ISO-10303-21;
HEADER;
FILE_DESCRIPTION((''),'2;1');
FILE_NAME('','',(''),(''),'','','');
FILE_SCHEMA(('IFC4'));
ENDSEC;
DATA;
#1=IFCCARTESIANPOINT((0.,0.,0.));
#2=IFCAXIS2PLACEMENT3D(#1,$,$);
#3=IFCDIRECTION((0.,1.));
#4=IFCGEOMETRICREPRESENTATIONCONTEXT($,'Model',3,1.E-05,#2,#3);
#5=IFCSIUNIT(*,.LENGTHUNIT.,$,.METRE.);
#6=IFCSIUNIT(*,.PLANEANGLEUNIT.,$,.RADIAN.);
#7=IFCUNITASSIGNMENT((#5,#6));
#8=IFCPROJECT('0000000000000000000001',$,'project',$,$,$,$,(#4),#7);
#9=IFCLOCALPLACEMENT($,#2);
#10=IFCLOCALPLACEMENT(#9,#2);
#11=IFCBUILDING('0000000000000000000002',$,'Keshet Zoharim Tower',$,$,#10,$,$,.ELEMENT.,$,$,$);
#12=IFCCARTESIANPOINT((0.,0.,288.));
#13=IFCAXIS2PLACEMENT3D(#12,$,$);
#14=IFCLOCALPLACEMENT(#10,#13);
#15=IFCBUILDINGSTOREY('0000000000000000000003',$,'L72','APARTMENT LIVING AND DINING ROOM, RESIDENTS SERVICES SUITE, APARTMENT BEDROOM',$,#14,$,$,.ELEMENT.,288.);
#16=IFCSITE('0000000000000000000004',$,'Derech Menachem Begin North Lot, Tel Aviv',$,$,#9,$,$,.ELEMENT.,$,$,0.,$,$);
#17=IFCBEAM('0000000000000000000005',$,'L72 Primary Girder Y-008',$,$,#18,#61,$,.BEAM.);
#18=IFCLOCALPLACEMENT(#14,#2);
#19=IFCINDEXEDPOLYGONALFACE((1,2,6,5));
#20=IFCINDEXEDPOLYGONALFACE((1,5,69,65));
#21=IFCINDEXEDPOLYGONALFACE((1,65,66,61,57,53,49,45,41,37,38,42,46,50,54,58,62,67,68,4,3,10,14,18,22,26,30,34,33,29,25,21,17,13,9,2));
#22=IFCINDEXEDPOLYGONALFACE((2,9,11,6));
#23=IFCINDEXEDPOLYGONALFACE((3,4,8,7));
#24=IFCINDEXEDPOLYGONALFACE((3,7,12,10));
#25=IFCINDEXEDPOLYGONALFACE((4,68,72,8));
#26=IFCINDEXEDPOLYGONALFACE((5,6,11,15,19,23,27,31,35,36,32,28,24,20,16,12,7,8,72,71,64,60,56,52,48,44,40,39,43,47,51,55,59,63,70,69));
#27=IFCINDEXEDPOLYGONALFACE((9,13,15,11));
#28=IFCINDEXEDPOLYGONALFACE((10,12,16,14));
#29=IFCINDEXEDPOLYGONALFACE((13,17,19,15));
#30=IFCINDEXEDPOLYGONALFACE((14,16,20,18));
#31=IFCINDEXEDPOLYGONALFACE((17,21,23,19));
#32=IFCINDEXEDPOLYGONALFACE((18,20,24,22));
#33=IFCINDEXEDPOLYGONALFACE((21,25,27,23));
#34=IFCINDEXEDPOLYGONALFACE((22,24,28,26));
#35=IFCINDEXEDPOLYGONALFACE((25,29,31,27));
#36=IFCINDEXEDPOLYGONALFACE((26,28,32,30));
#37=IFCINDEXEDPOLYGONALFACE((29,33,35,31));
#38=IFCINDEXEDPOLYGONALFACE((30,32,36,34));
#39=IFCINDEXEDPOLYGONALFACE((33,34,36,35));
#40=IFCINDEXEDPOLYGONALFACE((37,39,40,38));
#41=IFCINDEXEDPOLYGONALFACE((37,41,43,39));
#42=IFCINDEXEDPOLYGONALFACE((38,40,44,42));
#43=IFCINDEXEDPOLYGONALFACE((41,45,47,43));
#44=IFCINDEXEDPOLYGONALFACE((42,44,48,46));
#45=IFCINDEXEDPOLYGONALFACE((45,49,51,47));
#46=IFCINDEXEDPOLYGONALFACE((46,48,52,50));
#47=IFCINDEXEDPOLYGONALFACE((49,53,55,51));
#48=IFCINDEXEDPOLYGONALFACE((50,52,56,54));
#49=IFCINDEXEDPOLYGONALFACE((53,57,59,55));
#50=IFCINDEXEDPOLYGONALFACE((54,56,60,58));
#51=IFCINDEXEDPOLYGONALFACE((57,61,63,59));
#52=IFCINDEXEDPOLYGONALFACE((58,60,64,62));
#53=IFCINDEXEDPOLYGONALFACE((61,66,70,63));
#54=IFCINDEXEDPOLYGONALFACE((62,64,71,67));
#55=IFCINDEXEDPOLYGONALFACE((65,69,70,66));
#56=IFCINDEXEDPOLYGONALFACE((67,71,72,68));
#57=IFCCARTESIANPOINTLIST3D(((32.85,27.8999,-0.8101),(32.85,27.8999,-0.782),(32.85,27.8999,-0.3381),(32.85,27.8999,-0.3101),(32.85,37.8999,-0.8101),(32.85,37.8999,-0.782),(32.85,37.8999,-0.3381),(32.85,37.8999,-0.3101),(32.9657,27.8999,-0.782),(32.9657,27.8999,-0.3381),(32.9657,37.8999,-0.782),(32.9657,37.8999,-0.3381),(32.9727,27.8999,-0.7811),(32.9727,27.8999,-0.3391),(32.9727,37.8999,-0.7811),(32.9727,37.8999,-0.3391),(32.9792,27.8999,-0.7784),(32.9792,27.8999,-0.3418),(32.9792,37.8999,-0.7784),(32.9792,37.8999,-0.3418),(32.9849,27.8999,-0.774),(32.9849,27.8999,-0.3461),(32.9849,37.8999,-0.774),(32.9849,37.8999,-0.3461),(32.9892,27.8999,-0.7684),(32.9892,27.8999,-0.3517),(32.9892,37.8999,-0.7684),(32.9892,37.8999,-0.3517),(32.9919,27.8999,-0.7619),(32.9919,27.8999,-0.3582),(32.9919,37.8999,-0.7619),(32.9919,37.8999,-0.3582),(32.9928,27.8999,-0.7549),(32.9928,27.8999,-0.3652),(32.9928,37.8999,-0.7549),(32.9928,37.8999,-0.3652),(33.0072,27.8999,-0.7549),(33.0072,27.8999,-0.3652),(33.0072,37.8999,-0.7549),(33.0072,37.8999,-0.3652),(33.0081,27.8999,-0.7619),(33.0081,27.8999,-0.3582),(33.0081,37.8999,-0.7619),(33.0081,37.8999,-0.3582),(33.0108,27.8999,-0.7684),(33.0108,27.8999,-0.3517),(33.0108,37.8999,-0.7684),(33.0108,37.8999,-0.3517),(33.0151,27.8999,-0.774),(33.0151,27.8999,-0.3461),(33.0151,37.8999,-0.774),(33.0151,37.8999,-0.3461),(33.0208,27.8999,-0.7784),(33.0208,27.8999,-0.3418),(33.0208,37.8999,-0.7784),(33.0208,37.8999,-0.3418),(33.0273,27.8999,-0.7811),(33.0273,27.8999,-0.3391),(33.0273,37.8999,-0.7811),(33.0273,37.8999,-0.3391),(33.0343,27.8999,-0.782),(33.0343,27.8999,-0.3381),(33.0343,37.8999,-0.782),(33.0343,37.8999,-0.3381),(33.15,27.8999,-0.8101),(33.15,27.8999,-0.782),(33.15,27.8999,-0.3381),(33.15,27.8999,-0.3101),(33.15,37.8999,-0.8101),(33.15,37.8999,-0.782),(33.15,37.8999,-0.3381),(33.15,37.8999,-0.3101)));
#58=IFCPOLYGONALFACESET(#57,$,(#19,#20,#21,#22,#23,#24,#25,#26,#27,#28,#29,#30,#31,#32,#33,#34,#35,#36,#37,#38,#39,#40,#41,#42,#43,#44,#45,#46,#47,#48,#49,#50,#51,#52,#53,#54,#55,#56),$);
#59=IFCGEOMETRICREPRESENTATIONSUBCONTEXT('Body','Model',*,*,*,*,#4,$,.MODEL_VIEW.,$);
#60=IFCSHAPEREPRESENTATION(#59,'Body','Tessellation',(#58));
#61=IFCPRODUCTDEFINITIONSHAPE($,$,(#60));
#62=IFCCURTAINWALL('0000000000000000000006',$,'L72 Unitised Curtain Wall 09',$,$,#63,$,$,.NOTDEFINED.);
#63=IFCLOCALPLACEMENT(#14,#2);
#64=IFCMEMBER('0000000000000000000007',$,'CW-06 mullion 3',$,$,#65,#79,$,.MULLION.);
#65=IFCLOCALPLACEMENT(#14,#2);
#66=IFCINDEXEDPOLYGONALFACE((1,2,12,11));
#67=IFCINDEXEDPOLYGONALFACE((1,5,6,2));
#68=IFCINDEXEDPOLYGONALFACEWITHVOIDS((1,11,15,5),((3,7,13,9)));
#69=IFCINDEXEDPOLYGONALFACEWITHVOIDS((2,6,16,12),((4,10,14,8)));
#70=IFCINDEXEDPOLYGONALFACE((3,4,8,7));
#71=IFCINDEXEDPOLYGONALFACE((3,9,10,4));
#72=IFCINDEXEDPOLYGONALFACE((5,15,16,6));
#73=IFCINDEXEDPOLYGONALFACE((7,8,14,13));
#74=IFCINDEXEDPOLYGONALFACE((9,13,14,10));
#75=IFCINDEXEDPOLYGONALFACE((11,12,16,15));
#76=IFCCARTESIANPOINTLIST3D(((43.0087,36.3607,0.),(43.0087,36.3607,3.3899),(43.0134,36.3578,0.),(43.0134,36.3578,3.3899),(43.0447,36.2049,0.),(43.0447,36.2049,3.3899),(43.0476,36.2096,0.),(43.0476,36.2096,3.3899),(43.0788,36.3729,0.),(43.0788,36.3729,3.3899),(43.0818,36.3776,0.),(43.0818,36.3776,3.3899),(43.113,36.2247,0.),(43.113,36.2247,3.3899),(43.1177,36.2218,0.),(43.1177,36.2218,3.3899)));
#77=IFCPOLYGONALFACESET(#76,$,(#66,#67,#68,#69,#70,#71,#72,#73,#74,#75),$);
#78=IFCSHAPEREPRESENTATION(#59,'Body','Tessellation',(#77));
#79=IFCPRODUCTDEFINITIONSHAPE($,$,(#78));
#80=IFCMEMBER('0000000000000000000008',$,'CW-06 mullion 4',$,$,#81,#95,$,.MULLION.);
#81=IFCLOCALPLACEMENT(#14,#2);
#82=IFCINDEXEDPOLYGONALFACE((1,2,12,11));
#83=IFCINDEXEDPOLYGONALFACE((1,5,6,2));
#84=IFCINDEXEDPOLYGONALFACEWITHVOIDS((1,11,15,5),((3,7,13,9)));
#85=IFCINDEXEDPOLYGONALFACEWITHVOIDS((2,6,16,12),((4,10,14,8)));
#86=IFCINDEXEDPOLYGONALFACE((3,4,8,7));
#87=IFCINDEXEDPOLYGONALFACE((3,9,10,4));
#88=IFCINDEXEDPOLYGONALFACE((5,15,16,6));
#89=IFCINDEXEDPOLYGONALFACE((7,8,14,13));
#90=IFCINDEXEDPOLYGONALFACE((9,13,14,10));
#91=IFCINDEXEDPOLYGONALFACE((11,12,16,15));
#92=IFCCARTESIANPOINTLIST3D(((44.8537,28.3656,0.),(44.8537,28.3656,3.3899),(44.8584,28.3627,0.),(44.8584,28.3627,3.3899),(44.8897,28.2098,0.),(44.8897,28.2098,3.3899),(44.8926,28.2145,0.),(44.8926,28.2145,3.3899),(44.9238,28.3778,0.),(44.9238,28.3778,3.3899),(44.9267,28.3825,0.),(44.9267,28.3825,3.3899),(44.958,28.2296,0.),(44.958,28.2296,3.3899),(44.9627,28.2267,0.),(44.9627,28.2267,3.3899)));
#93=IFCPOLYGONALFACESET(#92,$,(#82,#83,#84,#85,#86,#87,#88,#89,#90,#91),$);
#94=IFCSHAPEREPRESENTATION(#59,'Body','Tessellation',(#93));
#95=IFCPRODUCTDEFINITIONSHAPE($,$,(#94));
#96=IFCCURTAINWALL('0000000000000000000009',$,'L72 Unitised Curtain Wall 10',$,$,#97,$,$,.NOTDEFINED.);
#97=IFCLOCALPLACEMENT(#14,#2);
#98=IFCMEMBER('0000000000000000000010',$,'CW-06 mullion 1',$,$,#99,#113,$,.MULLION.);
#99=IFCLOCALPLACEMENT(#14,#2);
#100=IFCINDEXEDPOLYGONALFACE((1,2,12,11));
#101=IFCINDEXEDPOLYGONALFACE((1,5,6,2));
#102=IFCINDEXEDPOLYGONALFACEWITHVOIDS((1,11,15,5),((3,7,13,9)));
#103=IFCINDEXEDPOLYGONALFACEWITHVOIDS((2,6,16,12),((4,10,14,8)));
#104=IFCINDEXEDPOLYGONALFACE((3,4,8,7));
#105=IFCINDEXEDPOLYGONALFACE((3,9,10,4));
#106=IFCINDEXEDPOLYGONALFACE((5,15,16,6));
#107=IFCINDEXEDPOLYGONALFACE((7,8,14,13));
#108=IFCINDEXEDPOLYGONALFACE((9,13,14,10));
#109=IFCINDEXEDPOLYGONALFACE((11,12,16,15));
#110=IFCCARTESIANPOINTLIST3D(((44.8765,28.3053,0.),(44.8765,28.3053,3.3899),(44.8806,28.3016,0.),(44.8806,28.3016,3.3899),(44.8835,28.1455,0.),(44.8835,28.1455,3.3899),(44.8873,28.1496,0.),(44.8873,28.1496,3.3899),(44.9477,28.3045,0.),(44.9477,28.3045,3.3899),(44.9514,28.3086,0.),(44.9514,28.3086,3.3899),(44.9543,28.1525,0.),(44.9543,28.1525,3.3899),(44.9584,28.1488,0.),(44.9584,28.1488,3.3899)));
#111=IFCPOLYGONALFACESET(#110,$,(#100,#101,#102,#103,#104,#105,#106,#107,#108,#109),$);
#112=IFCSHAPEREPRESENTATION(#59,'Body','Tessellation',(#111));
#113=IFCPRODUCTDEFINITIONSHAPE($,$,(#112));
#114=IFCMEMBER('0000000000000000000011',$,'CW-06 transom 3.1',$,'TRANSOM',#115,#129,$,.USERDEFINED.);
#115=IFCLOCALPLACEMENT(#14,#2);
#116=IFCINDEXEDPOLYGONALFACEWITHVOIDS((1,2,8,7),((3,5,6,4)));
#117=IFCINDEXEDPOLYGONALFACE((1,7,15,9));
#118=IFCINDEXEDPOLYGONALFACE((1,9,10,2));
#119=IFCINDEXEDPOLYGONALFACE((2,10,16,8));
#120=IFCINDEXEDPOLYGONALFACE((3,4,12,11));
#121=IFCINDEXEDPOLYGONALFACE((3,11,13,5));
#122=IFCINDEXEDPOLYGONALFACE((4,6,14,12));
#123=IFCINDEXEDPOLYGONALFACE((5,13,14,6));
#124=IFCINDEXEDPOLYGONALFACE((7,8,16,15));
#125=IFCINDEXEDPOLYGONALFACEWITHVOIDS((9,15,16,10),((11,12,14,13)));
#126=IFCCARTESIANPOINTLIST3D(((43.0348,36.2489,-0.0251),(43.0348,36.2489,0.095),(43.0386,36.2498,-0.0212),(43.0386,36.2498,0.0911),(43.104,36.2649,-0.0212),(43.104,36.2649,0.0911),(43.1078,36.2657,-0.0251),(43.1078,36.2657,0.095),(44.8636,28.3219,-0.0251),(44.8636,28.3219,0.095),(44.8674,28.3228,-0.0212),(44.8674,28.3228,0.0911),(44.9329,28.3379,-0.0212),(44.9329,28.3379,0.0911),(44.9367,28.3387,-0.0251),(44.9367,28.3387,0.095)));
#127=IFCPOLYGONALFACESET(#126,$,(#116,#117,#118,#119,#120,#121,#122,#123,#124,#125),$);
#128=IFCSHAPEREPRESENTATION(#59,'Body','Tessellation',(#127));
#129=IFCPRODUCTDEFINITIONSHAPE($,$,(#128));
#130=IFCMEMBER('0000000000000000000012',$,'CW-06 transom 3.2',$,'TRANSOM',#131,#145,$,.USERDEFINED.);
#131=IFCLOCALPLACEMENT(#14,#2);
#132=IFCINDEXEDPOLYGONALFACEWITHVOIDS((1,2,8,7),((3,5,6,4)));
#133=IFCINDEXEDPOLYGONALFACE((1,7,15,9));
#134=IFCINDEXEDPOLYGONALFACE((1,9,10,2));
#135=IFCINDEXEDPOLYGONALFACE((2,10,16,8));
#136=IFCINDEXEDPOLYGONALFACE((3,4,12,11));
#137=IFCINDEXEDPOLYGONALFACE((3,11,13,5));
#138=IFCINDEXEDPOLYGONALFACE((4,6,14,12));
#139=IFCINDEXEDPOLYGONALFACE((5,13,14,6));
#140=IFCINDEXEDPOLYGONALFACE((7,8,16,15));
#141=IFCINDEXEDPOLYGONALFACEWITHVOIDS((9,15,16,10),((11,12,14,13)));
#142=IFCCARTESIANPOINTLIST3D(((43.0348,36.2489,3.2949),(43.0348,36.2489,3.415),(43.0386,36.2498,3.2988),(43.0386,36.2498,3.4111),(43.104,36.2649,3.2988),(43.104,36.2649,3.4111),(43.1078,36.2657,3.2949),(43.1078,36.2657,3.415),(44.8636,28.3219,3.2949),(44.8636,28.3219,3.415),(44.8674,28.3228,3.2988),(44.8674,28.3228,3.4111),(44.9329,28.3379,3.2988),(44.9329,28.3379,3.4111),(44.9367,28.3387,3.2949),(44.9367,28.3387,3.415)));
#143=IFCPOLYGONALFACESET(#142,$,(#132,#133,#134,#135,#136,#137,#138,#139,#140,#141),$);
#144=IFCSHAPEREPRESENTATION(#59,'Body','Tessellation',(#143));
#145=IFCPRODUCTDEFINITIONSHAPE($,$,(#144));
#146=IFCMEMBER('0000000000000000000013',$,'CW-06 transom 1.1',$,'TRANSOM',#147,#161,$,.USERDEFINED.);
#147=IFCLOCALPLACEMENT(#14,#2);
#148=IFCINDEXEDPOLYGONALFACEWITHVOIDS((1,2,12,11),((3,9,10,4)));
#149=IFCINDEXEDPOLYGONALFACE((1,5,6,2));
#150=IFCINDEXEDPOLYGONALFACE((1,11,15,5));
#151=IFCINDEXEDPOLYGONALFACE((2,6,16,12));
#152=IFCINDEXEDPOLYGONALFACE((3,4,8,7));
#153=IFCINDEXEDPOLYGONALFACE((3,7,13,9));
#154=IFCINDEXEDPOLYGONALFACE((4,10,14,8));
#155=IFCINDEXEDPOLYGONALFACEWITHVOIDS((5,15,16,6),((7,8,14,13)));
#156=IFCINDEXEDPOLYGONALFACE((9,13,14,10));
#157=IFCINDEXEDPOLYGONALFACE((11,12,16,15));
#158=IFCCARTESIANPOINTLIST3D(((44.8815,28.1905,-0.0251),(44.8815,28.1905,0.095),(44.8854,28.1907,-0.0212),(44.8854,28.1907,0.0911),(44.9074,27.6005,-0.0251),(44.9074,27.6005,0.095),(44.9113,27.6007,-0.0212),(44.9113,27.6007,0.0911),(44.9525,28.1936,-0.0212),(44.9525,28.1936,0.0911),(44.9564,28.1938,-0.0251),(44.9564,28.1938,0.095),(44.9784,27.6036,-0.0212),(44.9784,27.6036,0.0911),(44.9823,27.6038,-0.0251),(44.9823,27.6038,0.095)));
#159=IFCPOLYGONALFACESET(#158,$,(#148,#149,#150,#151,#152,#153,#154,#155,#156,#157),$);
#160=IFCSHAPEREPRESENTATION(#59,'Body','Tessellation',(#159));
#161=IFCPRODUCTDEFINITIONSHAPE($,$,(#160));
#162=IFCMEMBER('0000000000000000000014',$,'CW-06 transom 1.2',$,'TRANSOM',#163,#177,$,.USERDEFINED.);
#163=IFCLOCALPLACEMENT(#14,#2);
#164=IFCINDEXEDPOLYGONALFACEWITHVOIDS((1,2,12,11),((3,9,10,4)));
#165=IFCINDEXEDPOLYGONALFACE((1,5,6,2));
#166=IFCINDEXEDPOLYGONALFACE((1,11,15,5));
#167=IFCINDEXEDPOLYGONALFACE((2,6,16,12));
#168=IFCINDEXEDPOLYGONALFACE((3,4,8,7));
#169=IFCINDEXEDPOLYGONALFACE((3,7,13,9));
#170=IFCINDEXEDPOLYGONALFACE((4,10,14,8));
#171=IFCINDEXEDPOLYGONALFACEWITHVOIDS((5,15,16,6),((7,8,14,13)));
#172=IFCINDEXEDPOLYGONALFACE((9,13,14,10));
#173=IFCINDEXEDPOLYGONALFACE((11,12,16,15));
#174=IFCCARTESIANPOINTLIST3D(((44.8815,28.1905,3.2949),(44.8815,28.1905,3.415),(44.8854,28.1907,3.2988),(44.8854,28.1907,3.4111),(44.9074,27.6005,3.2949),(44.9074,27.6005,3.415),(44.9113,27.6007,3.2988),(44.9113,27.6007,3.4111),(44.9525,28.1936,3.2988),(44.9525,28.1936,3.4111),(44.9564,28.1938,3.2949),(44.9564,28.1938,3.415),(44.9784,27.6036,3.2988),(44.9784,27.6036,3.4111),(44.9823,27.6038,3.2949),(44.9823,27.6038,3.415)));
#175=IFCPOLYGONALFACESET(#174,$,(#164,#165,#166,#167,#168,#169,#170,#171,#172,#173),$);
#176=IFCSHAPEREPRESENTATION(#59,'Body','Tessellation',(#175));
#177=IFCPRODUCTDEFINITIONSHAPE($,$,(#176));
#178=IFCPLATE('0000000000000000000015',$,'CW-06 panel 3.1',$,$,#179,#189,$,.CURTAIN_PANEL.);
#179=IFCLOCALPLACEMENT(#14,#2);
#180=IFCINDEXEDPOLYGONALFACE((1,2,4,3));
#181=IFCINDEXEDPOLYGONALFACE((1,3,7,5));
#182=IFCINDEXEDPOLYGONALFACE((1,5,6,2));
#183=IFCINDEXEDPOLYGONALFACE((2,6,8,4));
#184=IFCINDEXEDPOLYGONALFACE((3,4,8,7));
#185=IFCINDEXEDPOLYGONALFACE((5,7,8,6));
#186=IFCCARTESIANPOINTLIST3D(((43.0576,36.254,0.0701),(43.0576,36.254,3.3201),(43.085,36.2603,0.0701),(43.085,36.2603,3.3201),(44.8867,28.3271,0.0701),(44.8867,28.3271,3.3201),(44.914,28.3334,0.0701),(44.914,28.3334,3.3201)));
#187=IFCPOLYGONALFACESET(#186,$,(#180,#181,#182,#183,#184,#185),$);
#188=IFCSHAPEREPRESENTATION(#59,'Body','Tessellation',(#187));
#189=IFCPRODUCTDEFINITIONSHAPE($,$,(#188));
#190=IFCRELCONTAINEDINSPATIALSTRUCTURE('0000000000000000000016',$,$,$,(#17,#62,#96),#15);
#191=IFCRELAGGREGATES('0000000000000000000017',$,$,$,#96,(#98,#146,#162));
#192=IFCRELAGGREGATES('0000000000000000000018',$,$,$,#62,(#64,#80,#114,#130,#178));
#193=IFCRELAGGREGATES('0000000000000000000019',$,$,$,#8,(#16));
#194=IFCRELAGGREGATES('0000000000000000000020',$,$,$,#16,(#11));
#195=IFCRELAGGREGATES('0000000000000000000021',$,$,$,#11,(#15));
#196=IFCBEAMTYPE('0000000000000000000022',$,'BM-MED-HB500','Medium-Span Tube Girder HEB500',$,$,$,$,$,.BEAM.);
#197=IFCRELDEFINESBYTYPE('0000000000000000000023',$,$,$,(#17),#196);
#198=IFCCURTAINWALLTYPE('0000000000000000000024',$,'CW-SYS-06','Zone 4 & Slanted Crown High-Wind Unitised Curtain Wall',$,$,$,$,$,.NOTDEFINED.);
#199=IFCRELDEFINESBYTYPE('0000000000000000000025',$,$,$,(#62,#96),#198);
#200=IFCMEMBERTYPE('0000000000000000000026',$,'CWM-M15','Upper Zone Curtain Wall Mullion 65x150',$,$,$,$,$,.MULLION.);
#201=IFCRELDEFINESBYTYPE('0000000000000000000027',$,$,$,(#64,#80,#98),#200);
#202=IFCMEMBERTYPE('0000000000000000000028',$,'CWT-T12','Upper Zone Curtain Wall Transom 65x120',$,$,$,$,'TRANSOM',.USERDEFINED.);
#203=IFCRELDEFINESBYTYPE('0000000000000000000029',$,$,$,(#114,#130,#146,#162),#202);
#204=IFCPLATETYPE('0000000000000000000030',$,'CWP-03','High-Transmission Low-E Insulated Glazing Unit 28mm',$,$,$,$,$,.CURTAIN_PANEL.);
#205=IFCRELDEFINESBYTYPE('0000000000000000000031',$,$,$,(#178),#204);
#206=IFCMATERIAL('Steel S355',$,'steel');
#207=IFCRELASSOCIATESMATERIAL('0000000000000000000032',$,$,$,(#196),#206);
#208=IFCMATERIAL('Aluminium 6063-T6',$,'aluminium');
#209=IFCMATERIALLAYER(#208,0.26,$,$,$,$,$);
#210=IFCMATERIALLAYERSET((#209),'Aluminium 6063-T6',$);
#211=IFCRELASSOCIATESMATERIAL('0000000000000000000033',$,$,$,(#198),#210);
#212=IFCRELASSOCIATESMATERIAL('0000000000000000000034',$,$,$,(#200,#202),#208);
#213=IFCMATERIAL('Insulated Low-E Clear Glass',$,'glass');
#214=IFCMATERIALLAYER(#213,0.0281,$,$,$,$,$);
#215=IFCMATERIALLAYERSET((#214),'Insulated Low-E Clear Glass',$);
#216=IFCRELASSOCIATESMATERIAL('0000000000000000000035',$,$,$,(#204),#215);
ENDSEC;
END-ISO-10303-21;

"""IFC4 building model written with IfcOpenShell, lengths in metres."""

from ifc_helpers import new_model, si_unit, direction, frame, origin, origin_2d, place, context, subcontext, project, spatial, rectangle, hollow_rectangle, i_section, extrude, material, layer, layer_set, material_profile, profile_set, type_object, element, aggregate, save


model = new_model("IFC4")

# Units and contexts
model_context = context("Model", 3, precision=1e-05, world=origin(), true_north=direction((0.0, 1.0)))
body_context = subcontext(model_context, "Body", "Model", "MODEL_VIEW")
ifc_project = project(units=[si_unit("LENGTHUNIT", "METRE"), si_unit("PLANEANGLEUNIT", "RADIAN")], contexts=[model_context])

# Site, building, storey
site_placement = place(None, origin())
site = spatial("IfcSite", under=ifc_project, at=site_placement, Name="Derech Menachem Begin North Lot, Tel Aviv", CompositionType="ELEMENT", RefElevation=0.0)
building_placement = place(site_placement, origin())
building = spatial("IfcBuilding", under=site, at=building_placement, Name="Keshet Zoharim Tower", CompositionType="ELEMENT")
storey_placement = place(building_placement, frame((0.0, 0.0, 288.0)))
storey = spatial("IfcBuildingStorey", under=building, at=storey_placement, Name="L72", Description="APARTMENT LIVING AND DINING ROOM, RESIDENTS SERVICES SUITE, APARTMENT BEDROOM", CompositionType="ELEMENT", Elevation=288.0)

# Shared definitions
ifc_material_1 = material(Name="Steel S355", Category="steel")

# Beam
ifc_material_profile_1 = material_profile(ifc_material_1, i_section(OverallWidth=0.3, OverallDepth=0.5, WebThickness=0.0144, FlangeThickness=0.0281, FilletRadius=0.0271, at=origin_2d()), Name="HEB500")
ifc_profile_set_1 = profile_set([ifc_material_profile_1], Name="Steel S355")
beam_type_1 = type_object("IfcBeamType", Name="BM-MED-HB500", Description="Medium-Span Tube Girder HEB500", PredefinedType="BEAM", material=ifc_profile_set_1)
beam_1_placement = place(storey_placement, frame((33.0, 27.8999, -0.5601), z_axis=(0.0, 1.0, 0.0), x_axis=(-1.0, 0.0, 0.0)))
element("IfcBeam", 1, at=beam_1_placement, inside=storey, type_object=beam_type_1, Name="L72 Primary Girder Y-008", PredefinedType="BEAM", context=body_context, shape_type="SweptSolid", body=[
    extrude(i_section(OverallWidth=0.3, OverallDepth=0.5, WebThickness=0.0144, FlangeThickness=0.0281, FilletRadius=0.0271, at=origin_2d()), origin(), (0.0, 0.0, 1.0), 10.0),
])

# Curtain wall, members
ifc_material_2 = material(Name="Aluminium 6063-T6", Category="aluminium")
ifc_layer_1 = layer(ifc_material_2, 0.26)
ifc_layer_set_1 = layer_set([ifc_layer_1], Name="Aluminium 6063-T6")
curtain_wall_type = type_object("IfcCurtainWallType", Name="CW-SYS-06", Description="Zone 4 & Slanted Crown High-Wind Unitised Curtain Wall", PredefinedType="NOTDEFINED", material=ifc_layer_set_1)
curtain_wall_1_placement = place(storey_placement, origin())
curtain_wall_1 = element("IfcCurtainWall", 2, at=curtain_wall_1_placement, inside=storey, type_object=curtain_wall_type, Name="L72 Unitised Curtain Wall 09", PredefinedType="NOTDEFINED")
ifc_material_profile_2 = material_profile(ifc_material_2, hollow_rectangle(XDim=0.075, YDim=0.1599, WallThickness=0.0039, at=origin_2d()), Name="MUL-75x160")
ifc_profile_set_2 = profile_set([ifc_material_profile_2], Name="Aluminium 6063-T6")
member_type_1 = type_object("IfcMemberType", Name="CWM-M15", Description="Upper Zone Curtain Wall Mullion 65x150", PredefinedType="MULLION", material=ifc_profile_set_2)
member_1_placement = place(storey_placement, frame((43.0632, 36.2913, 0.0), z_axis=(0.0, 0.0, 1.0), x_axis=(0.974398, 0.22483, 0.0)))
member_1 = element("IfcMember", 3, at=member_1_placement, type_object=member_type_1, Name="CW-06 mullion 3", PredefinedType="MULLION", context=body_context, shape_type="SweptSolid", body=[
    extrude(hollow_rectangle(XDim=0.075, YDim=0.1599, WallThickness=0.0039, at=origin_2d()), origin(), (0.0, 0.0, 1.0), 3.3899),
])
member_2_placement = place(storey_placement, frame((44.9082, 28.2961, 0.0), z_axis=(0.0, 0.0, 1.0), x_axis=(0.974398, 0.22483, 0.0)))
member_2 = element("IfcMember", 4, at=member_2_placement, type_object=member_type_1, Name="CW-06 mullion 4", PredefinedType="MULLION", context=body_context, shape_type="SweptSolid", body=[
    extrude(hollow_rectangle(XDim=0.075, YDim=0.1599, WallThickness=0.0039, at=origin_2d()), origin(), (0.0, 0.0, 1.0), 3.3899),
])

# Curtain wall, member
curtain_wall_2_placement = place(storey_placement, origin())
curtain_wall_2 = element("IfcCurtainWall", 5, at=curtain_wall_2_placement, inside=storey, type_object=curtain_wall_type, Name="L72 Unitised Curtain Wall 10", PredefinedType="NOTDEFINED")
member_3_placement = place(storey_placement, frame((44.9175, 28.2271, 0.0), z_axis=(0.0, 0.0, 1.0), x_axis=(0.999041, 0.043794, 0.0)))
member_3 = element("IfcMember", 6, at=member_3_placement, type_object=member_type_1, Name="CW-06 mullion 1", PredefinedType="MULLION", context=body_context, shape_type="SweptSolid", body=[
    extrude(hollow_rectangle(XDim=0.075, YDim=0.1599, WallThickness=0.0039, at=origin_2d()), origin(), (0.0, 0.0, 1.0), 3.3899),
])

# Members
ifc_material_profile_3 = material_profile(ifc_material_2, hollow_rectangle(XDim=0.075, YDim=0.1201, WallThickness=0.0039, at=origin_2d()), Name="TRN-75x120")
ifc_profile_set_3 = profile_set([ifc_material_profile_3], Name="Aluminium 6063-T6")
member_type_2 = type_object("IfcMemberType", Name="CWT-T12", Description="Upper Zone Curtain Wall Transom 65x120", ElementType="TRANSOM", PredefinedType="USERDEFINED", material=ifc_profile_set_3)
member_4_placement = place(storey_placement, frame((43.0713, 36.2573, 0.0349), z_axis=(0.224807, -0.974403, 0.0), x_axis=(0.974403, 0.224807, 0.0)))
member_4 = element("IfcMember", 7, at=member_4_placement, type_object=member_type_2, Name="CW-06 transom 3.1", ObjectType="TRANSOM", PredefinedType="USERDEFINED", context=body_context, shape_type="SweptSolid", body=[
    extrude(hollow_rectangle(XDim=0.075, YDim=0.1201, WallThickness=0.0039, at=origin_2d()), origin(), (0.0, 0.0, 1.0), 8.1353),
])
member_5_placement = place(storey_placement, frame((43.0713, 36.2573, 3.355), z_axis=(0.224807, -0.974403, 0.0), x_axis=(0.974403, 0.224807, 0.0)))
member_5 = element("IfcMember", 8, at=member_5_placement, type_object=member_type_2, Name="CW-06 transom 3.2", ObjectType="TRANSOM", PredefinedType="USERDEFINED", context=body_context, shape_type="SweptSolid", body=[
    extrude(hollow_rectangle(XDim=0.075, YDim=0.1201, WallThickness=0.0039, at=origin_2d()), origin(), (0.0, 0.0, 1.0), 8.1353),
])
member_6_placement = place(storey_placement, frame((44.9189, 28.1921, 0.0349), z_axis=(0.043814, -0.99904, 0.0), x_axis=(0.99904, 0.043814, 0.0)))
member_6 = element("IfcMember", 9, at=member_6_placement, type_object=member_type_2, Name="CW-06 transom 1.1", ObjectType="TRANSOM", PredefinedType="USERDEFINED", context=body_context, shape_type="SweptSolid", body=[
    extrude(hollow_rectangle(XDim=0.075, YDim=0.1201, WallThickness=0.0039, at=origin_2d()), origin(), (0.0, 0.0, 1.0), 0.5906),
])
member_7_placement = place(storey_placement, frame((44.9189, 28.1921, 3.355), z_axis=(0.043814, -0.99904, 0.0), x_axis=(0.99904, 0.043814, 0.0)))
member_7 = element("IfcMember", 10, at=member_7_placement, type_object=member_type_2, Name="CW-06 transom 1.2", ObjectType="TRANSOM", PredefinedType="USERDEFINED", context=body_context, shape_type="SweptSolid", body=[
    extrude(hollow_rectangle(XDim=0.075, YDim=0.1201, WallThickness=0.0039, at=origin_2d()), origin(), (0.0, 0.0, 1.0), 0.5906),
])
aggregate(curtain_wall_2, [member_3, member_6, member_7])

# Plate
ifc_material_3 = material(Name="Insulated Low-E Clear Glass", Category="glass")
ifc_layer_2 = layer(ifc_material_3, 0.0281)
ifc_layer_set_2 = layer_set([ifc_layer_2], Name="Insulated Low-E Clear Glass")
plate_type = type_object("IfcPlateType", Name="CWP-03", Description="High-Transmission Low-E Insulated Glazing Unit 28mm", PredefinedType="CURTAIN_PANEL", material=ifc_layer_set_2)
plate_placement = place(storey_placement, frame((43.9858, 32.2937, 0.0701), z_axis=(0.0, 0.0, 1.0), x_axis=(0.22483, -0.974398, 0.0)))
plate = element("IfcPlate", 11, at=plate_placement, type_object=plate_type, Name="CW-06 panel 3.1", PredefinedType="CURTAIN_PANEL", context=body_context, shape_type="SweptSolid", body=[
    extrude(rectangle(XDim=8.1353, YDim=0.0281, at=origin_2d()), origin(), (0.0, 0.0, 1.0), 3.25),
])
aggregate(curtain_wall_1, [member_1, member_2, member_4, member_5, plate])

save(model, "model.ifc")
